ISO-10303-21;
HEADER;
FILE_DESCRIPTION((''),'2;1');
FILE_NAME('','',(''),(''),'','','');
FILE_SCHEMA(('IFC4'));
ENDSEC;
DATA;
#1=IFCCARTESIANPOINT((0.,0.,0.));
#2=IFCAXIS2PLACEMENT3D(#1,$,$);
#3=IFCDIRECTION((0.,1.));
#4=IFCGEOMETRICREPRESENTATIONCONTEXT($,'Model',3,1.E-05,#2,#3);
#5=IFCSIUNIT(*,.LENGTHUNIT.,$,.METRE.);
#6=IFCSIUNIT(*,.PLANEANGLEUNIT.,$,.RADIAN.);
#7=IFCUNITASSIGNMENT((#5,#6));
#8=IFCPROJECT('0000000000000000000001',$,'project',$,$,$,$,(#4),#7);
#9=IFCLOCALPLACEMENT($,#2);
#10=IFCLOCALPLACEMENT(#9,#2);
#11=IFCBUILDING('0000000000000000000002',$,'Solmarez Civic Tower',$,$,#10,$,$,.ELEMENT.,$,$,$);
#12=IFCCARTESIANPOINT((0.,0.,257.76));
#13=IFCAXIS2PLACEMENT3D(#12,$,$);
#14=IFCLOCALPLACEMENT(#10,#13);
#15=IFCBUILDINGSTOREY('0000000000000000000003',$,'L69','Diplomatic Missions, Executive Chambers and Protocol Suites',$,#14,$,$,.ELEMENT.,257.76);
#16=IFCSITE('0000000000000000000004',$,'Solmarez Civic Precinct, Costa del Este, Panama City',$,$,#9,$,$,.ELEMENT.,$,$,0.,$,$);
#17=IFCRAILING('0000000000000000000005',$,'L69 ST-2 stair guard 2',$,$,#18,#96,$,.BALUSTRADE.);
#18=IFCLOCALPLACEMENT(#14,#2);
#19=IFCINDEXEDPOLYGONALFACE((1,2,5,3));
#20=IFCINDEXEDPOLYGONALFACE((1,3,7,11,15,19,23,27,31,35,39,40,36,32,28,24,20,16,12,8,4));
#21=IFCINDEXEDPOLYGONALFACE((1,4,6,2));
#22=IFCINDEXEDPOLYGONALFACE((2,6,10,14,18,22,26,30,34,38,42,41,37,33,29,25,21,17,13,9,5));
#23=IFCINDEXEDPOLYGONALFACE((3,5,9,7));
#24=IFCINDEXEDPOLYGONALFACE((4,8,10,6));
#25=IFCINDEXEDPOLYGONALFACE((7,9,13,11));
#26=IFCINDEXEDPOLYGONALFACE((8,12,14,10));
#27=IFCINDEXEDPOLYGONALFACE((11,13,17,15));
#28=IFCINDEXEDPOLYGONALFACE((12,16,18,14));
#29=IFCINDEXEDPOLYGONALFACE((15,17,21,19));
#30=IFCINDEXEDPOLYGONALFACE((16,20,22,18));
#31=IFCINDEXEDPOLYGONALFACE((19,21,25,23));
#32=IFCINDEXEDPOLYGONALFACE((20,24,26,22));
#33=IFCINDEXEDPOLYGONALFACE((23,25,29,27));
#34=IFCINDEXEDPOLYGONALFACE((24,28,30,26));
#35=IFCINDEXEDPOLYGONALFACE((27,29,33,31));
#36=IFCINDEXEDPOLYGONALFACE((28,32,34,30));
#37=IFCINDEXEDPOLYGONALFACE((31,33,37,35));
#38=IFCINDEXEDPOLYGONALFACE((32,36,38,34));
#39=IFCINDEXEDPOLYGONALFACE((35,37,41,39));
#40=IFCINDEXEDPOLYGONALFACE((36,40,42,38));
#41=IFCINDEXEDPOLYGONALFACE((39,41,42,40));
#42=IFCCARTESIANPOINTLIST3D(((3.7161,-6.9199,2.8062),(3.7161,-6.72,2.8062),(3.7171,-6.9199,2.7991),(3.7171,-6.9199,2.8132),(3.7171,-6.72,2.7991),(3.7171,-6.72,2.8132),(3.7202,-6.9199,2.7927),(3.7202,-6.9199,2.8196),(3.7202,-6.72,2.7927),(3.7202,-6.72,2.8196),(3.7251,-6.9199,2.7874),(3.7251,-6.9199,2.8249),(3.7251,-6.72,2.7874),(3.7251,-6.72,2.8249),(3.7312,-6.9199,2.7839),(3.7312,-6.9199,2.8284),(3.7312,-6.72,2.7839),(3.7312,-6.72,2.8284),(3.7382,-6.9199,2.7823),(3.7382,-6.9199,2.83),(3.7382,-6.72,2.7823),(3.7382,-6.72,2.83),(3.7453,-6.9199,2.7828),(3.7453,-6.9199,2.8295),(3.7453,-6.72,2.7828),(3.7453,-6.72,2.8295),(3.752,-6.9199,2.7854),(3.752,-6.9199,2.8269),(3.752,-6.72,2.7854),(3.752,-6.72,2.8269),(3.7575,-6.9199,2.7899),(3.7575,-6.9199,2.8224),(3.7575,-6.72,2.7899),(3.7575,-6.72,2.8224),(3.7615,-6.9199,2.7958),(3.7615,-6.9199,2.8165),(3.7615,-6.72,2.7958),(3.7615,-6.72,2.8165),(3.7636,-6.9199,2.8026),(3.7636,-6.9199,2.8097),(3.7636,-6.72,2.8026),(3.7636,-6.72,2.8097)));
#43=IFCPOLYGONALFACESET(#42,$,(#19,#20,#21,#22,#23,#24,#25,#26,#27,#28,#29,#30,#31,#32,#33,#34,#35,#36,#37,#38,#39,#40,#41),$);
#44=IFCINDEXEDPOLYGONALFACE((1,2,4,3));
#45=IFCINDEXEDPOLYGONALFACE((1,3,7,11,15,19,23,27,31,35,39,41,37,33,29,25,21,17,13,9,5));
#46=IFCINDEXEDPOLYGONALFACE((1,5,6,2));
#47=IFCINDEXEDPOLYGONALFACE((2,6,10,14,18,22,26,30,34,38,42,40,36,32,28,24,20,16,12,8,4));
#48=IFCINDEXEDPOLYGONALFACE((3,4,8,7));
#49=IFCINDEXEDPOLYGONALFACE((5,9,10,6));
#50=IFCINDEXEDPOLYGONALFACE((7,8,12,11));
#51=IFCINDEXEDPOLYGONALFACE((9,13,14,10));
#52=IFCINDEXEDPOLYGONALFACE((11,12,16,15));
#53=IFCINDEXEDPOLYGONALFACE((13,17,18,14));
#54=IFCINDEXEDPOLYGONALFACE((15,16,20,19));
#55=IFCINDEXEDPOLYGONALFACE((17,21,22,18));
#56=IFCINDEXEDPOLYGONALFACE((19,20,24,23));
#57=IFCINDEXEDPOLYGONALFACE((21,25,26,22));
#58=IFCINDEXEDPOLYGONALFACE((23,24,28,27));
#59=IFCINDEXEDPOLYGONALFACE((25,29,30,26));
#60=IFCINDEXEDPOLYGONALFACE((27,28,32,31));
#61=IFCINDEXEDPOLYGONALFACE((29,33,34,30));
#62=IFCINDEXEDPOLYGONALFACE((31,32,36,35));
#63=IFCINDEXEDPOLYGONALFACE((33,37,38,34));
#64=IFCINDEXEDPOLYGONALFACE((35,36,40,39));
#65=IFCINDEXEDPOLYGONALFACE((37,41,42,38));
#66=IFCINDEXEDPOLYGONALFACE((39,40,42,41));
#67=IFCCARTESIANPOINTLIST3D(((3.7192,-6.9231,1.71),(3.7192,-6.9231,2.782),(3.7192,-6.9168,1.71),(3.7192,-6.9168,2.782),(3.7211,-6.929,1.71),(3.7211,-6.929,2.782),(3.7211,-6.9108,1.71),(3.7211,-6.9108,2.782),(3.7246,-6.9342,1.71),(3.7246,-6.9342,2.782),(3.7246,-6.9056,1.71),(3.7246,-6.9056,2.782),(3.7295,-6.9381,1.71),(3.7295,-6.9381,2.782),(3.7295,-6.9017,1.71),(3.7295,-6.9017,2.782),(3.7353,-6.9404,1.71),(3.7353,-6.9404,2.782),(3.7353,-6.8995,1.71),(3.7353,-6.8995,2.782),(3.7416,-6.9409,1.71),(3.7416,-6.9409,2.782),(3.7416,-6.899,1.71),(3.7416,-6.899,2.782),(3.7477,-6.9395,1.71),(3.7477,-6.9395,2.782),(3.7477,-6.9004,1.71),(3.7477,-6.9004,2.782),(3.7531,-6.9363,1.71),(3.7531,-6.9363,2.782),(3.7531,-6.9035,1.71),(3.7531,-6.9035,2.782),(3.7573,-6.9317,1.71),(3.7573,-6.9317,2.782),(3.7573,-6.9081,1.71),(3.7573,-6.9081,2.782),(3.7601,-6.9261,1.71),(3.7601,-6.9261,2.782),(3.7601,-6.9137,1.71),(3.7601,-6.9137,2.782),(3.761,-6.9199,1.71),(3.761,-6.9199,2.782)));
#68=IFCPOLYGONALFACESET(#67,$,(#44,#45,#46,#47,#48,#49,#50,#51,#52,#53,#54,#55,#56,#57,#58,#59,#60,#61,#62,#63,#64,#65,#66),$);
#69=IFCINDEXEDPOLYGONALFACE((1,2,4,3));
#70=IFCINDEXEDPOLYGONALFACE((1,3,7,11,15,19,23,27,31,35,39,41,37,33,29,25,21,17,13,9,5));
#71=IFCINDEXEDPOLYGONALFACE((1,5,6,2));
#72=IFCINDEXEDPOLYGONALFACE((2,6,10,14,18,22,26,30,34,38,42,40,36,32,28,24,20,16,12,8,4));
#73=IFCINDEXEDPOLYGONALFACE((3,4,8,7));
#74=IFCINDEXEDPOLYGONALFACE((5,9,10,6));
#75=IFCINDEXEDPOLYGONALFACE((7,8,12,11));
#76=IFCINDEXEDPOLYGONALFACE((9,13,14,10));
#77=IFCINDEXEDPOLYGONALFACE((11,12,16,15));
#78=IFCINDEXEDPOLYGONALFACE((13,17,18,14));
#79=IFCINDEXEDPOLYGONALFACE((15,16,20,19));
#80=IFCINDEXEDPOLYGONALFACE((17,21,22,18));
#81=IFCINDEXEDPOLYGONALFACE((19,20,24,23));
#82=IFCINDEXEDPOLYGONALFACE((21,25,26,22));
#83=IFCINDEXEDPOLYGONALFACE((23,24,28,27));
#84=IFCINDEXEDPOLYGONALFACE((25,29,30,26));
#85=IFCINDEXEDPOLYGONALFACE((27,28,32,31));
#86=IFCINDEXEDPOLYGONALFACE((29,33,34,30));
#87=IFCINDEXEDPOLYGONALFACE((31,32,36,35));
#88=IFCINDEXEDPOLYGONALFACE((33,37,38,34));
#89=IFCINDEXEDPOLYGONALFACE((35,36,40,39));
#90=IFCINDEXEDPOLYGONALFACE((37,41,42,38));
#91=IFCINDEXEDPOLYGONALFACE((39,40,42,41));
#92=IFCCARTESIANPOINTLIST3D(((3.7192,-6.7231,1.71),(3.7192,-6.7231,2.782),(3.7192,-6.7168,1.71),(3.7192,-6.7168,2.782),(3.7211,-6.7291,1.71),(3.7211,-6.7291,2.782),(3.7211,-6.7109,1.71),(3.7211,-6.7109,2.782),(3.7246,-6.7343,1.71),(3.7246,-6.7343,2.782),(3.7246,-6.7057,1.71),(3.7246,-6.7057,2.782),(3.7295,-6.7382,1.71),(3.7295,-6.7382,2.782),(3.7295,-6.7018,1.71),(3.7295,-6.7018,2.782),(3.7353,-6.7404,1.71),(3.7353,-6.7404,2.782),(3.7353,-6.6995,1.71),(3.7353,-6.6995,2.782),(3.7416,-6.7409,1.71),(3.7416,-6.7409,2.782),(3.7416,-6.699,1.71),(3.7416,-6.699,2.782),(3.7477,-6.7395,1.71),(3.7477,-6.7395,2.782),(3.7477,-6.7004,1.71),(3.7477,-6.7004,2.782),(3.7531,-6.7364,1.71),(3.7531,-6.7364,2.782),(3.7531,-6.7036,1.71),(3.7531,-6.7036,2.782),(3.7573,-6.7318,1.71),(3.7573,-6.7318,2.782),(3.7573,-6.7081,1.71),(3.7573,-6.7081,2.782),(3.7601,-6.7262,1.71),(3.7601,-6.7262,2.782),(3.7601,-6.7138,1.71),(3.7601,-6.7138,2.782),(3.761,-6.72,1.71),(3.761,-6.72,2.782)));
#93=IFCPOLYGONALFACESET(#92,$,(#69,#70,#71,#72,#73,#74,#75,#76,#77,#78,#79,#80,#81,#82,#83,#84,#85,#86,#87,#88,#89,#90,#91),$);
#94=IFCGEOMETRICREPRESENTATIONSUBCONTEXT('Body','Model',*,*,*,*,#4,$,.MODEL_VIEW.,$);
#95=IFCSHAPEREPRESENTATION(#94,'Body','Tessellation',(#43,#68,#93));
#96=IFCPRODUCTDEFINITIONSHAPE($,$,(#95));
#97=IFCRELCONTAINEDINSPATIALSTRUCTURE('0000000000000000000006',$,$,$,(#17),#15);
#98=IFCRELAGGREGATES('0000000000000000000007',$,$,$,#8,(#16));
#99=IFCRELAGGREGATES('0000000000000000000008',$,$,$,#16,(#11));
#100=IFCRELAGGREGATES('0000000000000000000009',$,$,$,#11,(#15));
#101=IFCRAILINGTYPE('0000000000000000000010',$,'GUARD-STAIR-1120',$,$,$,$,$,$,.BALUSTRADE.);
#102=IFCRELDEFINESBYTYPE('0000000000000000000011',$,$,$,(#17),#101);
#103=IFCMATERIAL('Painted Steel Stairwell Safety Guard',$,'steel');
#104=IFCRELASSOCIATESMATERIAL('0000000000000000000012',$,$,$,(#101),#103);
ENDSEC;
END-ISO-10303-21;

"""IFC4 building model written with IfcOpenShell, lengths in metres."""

from ifc_helpers import new_model, si_unit, direction, frame, origin, origin_2d, place, context, subcontext, project, spatial, circle, extrude, material, type_object, element, save


model = new_model("IFC4")

# Units and contexts
model_context = context("Model", 3, precision=1e-05, world=origin(), true_north=direction((0.0, 1.0)))
body_context = subcontext(model_context, "Body", "Model", "MODEL_VIEW")
ifc_project = project(units=[si_unit("LENGTHUNIT", "METRE"), si_unit("PLANEANGLEUNIT", "RADIAN")], contexts=[model_context])

# Site, building, storey
site_placement = place(None, origin())
site = spatial("IfcSite", under=ifc_project, at=site_placement, Name="Solmarez Civic Precinct, Costa del Este, Panama City", CompositionType="ELEMENT", RefElevation=0.0)
building_placement = place(site_placement, origin())
building = spatial("IfcBuilding", under=site, at=building_placement, Name="Solmarez Civic Tower", CompositionType="ELEMENT")
storey_placement = place(building_placement, frame((0.0, 0.0, 257.76)))
storey = spatial("IfcBuildingStorey", under=building, at=storey_placement, Name="L69", Description="Diplomatic Missions, Executive Chambers and Protocol Suites", CompositionType="ELEMENT", Elevation=257.76)

# Railing
ifc_material_1 = material(Name="Painted Steel Stairwell Safety Guard", Category="steel")
railing_type_1 = type_object("IfcRailingType", Name="GUARD-STAIR-1120", PredefinedType="BALUSTRADE", material=ifc_material_1)
railing_1_placement = place(storey_placement, frame((3.74, -6.9199, 1.71)))
element("IfcRailing", 1, at=railing_1_placement, inside=storey, type_object=railing_type_1, Name="L69 ST-2 stair guard 2", PredefinedType="BALUSTRADE", context=body_context, shape_type="SweptSolid", body=[
    extrude(circle(Radius=0.0239, at=origin_2d()), frame((0.0, 0.0, 1.0962), z_axis=(0.0, 1.0, 0.0), x_axis=(-1.0, 0.0, 0.0)), (0.0, 0.0, 1.0), 0.2),
    extrude(circle(Radius=0.021, at=origin_2d()), origin(), (0.0, 0.0, 1.0), 1.072),
    extrude(circle(Radius=0.021, at=origin_2d()), frame((0.0, 0.2, 0.0)), (0.0, 0.0, 1.0), 1.072),
])

save(model, "model.ifc")
